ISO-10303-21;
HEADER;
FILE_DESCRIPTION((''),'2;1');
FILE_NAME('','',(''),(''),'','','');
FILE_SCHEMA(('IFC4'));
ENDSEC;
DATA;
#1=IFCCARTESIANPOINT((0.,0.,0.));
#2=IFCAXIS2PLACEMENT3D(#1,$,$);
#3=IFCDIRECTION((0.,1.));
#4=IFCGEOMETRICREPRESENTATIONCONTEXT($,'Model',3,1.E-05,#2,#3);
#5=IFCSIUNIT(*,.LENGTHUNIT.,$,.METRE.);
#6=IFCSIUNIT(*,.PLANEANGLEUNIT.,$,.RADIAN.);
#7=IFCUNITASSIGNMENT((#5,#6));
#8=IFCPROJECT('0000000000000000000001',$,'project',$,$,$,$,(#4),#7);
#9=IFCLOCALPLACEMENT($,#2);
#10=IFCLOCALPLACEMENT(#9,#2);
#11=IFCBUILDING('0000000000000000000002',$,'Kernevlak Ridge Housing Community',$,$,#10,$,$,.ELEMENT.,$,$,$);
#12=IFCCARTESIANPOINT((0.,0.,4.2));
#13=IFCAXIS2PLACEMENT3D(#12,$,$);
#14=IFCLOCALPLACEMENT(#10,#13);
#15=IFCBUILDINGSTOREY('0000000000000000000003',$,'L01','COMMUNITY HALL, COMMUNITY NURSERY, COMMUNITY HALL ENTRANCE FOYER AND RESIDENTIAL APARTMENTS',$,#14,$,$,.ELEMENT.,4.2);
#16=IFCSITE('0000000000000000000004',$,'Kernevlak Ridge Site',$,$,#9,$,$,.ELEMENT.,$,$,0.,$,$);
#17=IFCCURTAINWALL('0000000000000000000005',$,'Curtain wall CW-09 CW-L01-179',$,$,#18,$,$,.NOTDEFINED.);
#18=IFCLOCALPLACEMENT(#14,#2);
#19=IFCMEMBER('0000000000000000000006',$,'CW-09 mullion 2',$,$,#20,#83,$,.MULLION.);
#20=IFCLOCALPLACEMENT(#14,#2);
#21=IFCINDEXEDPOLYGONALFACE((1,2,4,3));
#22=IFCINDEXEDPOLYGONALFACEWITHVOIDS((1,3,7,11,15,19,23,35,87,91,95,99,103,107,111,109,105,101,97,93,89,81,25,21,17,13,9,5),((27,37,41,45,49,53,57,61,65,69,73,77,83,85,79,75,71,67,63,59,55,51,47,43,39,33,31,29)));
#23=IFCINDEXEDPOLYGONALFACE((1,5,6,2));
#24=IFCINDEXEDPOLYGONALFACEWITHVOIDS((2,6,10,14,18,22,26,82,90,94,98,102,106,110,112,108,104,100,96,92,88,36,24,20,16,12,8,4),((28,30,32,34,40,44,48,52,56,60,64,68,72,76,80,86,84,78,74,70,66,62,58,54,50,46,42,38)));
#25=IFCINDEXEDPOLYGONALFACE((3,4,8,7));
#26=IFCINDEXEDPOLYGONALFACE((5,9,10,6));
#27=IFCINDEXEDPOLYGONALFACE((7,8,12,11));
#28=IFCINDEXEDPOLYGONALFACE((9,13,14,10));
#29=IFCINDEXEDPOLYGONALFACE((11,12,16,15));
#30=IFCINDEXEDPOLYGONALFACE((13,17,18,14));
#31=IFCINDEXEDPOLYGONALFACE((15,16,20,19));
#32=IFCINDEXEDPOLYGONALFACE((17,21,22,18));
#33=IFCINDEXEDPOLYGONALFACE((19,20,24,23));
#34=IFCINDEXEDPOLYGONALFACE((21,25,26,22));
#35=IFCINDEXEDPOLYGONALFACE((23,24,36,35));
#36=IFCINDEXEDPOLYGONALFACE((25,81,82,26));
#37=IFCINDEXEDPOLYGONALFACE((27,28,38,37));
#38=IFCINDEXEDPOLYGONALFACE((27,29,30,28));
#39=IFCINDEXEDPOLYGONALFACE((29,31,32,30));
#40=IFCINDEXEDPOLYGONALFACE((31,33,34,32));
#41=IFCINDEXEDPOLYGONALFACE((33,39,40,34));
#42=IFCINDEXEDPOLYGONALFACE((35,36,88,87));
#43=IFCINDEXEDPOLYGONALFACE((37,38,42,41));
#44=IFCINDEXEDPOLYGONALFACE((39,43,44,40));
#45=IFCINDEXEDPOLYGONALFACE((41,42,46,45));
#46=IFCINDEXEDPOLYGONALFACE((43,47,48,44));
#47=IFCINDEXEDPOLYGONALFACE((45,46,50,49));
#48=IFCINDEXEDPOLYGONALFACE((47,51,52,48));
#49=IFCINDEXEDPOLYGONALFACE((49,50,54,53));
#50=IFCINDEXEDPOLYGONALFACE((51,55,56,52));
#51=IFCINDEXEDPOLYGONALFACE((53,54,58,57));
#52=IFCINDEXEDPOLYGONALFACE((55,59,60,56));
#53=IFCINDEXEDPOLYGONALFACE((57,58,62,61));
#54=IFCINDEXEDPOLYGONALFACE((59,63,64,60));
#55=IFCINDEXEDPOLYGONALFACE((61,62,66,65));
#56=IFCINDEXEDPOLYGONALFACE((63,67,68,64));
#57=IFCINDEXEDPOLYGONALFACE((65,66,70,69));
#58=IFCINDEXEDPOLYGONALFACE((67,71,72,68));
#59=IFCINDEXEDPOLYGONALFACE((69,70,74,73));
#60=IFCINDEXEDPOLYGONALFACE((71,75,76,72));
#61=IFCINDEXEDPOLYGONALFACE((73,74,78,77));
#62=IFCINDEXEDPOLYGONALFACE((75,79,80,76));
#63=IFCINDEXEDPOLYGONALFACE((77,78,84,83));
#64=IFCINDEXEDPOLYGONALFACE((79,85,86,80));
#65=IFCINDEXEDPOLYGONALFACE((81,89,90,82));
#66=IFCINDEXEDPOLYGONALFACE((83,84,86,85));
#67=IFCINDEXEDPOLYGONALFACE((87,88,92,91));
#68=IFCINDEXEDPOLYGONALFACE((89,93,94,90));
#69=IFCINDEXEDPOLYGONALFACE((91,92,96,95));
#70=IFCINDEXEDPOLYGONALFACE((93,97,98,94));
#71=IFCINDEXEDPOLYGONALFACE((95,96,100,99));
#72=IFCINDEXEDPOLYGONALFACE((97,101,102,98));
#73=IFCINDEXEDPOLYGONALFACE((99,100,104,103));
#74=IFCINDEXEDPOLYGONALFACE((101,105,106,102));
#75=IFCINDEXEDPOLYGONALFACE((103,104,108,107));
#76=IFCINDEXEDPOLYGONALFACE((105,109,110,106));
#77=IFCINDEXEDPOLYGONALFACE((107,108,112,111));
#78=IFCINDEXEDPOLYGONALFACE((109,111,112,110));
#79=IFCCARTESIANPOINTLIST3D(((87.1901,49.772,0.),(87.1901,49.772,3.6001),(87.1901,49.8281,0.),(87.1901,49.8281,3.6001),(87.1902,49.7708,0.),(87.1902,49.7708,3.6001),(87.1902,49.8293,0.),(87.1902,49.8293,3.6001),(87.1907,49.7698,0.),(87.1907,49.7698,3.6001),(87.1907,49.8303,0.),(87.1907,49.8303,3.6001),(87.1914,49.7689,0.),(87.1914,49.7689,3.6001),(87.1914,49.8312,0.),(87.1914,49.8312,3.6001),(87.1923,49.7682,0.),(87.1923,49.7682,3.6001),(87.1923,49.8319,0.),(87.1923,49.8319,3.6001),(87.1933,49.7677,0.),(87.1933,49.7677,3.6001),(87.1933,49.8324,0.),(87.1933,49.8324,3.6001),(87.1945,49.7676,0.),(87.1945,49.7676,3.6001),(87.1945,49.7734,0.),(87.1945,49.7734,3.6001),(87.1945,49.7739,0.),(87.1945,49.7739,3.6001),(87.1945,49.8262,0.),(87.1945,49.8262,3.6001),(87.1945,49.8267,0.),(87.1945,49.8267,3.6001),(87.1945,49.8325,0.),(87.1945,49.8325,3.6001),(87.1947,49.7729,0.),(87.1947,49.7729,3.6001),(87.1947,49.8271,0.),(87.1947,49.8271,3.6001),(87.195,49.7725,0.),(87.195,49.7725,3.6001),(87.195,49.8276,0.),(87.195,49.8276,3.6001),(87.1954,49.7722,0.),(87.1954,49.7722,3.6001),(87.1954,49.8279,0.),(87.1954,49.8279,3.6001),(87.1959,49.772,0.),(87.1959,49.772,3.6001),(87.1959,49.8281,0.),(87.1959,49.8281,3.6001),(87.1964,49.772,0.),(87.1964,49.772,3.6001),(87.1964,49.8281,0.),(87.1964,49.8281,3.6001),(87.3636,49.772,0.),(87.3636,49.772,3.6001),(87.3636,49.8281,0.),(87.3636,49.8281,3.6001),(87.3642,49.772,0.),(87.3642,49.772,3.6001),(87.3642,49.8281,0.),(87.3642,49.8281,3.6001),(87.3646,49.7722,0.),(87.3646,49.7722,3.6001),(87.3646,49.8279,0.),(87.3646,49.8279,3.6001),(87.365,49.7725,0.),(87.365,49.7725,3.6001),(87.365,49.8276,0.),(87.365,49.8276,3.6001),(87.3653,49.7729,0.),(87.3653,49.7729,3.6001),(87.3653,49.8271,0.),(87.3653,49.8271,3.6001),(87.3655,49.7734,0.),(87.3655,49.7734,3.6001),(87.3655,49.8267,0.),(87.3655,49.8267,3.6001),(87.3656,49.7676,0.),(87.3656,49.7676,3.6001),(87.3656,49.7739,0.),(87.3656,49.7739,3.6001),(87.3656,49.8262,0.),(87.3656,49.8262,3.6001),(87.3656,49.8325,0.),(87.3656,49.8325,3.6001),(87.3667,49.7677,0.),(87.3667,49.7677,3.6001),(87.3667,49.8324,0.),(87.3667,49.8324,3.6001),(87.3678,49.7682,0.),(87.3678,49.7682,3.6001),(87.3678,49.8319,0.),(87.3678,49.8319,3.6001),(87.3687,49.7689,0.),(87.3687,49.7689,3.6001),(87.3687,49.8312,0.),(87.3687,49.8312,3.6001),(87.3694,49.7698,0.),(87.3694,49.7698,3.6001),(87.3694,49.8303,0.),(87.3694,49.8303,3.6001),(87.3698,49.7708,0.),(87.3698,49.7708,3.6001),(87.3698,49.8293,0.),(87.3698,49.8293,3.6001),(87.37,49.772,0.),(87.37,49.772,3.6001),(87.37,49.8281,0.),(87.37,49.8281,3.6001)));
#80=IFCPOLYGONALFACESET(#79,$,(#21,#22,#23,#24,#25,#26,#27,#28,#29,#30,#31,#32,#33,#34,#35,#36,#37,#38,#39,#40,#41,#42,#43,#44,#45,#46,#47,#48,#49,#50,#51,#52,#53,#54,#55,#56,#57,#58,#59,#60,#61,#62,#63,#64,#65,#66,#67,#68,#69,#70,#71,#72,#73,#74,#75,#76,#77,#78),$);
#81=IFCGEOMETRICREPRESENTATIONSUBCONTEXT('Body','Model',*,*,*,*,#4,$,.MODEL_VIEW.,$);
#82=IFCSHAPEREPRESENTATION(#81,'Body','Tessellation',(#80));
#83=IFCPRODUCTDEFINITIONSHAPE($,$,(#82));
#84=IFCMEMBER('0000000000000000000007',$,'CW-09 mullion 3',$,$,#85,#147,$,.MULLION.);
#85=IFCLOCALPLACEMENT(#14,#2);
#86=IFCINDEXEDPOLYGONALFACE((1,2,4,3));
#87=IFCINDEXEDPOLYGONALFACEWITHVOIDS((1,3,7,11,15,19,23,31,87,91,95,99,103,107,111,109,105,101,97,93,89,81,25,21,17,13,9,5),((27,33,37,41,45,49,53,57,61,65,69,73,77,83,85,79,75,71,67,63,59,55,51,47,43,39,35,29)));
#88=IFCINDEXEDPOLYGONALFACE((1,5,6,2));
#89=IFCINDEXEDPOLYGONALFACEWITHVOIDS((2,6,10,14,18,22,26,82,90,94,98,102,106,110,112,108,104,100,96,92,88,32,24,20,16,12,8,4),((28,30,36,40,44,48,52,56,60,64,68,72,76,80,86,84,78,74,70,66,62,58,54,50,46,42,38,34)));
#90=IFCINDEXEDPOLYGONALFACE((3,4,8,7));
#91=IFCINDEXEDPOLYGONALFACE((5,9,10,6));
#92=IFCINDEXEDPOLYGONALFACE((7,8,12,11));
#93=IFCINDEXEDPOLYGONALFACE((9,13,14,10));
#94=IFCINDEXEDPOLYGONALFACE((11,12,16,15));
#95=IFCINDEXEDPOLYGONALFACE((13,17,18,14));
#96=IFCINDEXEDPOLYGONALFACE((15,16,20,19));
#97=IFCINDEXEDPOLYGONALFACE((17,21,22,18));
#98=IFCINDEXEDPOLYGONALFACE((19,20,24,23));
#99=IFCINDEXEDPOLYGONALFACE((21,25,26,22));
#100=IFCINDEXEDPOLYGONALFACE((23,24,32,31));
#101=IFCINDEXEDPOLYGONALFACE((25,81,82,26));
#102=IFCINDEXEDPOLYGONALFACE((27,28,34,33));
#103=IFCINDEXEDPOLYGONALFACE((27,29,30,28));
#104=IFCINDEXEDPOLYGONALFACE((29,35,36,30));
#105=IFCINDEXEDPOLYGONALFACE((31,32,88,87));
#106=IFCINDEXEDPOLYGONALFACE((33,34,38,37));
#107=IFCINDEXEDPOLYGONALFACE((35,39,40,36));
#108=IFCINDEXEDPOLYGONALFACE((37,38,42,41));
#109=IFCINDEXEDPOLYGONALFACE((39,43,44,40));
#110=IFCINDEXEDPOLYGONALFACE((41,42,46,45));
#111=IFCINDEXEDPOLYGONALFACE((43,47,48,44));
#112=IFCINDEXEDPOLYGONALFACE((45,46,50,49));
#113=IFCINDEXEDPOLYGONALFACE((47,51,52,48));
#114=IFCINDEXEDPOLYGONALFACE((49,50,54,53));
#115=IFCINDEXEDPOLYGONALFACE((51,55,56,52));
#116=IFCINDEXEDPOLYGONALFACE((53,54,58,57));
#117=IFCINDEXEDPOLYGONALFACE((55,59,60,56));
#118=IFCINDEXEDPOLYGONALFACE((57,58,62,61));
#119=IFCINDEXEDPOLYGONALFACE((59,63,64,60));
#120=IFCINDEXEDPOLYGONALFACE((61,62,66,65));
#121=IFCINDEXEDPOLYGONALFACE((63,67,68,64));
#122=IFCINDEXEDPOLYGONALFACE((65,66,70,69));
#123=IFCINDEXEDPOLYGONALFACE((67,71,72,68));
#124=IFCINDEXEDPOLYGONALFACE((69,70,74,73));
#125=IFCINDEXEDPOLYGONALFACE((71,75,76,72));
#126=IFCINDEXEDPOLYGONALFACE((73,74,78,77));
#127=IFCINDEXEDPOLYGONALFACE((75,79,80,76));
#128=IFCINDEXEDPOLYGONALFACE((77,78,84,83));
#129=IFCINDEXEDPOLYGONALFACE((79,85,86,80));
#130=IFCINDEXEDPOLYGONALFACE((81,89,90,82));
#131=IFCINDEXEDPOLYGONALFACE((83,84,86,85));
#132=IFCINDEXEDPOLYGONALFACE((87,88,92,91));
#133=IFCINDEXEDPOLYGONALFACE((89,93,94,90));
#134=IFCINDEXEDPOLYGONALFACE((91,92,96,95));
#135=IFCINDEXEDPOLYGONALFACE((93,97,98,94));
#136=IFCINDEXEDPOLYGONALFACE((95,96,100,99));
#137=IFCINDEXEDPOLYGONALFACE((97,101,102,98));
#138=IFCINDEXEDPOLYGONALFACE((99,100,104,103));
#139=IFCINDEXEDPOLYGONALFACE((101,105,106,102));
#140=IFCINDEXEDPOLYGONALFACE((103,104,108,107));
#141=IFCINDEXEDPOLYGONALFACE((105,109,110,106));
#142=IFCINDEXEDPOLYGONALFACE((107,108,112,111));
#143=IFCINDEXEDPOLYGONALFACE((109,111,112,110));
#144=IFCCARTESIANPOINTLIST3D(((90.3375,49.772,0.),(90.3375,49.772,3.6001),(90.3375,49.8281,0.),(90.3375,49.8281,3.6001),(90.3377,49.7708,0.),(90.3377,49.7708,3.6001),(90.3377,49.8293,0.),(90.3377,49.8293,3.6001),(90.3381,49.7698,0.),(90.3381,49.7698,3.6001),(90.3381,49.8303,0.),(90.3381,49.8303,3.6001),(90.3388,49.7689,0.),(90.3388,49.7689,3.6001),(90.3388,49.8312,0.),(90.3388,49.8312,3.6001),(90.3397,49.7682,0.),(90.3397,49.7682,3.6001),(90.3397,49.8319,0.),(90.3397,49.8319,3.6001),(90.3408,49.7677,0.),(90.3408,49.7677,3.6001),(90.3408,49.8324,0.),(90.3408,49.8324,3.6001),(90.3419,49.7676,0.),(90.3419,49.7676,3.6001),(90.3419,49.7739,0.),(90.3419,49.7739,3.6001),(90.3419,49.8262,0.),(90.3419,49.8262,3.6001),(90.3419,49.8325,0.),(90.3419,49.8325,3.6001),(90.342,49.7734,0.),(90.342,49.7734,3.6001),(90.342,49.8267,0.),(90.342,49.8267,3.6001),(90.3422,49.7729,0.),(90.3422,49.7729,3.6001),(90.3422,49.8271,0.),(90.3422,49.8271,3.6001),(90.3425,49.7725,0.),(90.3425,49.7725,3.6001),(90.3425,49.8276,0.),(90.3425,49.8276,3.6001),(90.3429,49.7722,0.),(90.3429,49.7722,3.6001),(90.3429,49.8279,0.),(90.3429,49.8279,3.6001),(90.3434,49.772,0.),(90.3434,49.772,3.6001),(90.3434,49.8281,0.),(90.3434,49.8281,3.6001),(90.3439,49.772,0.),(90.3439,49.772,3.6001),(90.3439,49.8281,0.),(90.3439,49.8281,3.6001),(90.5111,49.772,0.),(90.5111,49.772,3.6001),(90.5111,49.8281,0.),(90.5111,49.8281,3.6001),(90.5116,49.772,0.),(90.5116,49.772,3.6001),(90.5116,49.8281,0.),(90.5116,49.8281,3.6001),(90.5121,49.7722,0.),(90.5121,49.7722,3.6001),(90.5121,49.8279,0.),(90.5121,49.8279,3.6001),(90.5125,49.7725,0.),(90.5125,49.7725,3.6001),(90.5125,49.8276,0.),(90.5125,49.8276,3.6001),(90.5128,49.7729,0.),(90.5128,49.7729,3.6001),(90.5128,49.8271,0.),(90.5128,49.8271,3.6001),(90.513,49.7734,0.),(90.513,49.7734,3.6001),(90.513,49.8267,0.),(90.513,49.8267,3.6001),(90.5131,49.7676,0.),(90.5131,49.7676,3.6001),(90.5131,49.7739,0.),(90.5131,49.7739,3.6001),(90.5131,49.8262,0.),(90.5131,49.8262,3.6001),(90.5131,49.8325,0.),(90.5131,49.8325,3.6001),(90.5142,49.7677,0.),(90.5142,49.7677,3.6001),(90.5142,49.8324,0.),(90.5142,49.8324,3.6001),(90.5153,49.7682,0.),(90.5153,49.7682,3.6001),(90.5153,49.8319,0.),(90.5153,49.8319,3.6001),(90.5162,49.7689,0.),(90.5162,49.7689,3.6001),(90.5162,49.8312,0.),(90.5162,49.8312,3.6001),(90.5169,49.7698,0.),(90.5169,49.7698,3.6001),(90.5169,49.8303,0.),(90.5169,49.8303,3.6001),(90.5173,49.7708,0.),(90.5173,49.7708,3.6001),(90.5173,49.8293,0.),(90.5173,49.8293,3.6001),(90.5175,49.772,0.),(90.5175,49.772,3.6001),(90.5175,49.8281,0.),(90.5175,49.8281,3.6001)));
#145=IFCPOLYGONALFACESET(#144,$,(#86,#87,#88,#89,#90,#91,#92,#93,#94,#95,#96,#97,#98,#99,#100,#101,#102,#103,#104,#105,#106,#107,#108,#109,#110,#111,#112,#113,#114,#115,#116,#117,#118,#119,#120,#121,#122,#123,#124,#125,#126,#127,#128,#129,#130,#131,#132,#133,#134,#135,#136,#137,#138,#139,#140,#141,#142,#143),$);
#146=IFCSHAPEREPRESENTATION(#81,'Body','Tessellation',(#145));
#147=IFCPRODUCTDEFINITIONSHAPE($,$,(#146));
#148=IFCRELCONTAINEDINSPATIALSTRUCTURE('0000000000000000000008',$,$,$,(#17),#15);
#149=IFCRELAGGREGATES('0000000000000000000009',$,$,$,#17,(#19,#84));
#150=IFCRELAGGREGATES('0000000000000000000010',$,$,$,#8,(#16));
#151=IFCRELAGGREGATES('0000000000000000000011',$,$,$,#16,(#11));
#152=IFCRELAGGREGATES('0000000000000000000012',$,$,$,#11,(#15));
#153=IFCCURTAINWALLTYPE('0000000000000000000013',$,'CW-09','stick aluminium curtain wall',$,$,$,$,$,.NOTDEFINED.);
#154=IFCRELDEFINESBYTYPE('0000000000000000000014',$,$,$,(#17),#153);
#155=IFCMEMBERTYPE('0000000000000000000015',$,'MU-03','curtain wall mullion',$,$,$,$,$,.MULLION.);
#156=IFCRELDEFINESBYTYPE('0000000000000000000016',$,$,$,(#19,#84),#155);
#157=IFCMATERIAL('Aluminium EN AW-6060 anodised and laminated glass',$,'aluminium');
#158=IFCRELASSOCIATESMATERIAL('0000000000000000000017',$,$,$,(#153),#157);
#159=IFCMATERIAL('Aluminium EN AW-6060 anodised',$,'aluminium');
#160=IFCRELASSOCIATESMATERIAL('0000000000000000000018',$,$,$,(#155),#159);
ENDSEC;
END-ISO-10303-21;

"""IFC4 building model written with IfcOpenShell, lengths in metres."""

from ifc_helpers import new_model, si_unit, direction, frame, origin, origin_2d, place, context, subcontext, project, spatial, hollow_rectangle, extrude, material, material_profile, profile_set, type_object, element, aggregate, save


model = new_model("IFC4")

# Units and contexts
model_context = context("Model", 3, precision=1e-05, world=origin(), true_north=direction((0.0, 1.0)))
body_context = subcontext(model_context, "Body", "Model", "MODEL_VIEW")
ifc_project = project(units=[si_unit("LENGTHUNIT", "METRE"), si_unit("PLANEANGLEUNIT", "RADIAN")], contexts=[model_context])

# Site, building, storey
site_placement = place(None, origin())
site = spatial("IfcSite", under=ifc_project, at=site_placement, Name="Kernevlak Ridge Site", CompositionType="ELEMENT", RefElevation=0.0)
building_placement = place(site_placement, origin())
building = spatial("IfcBuilding", under=site, at=building_placement, Name="Kernevlak Ridge Housing Community", CompositionType="ELEMENT")
storey_placement = place(building_placement, frame((0.0, 0.0, 4.2)))
storey = spatial("IfcBuildingStorey", under=building, at=storey_placement, Name="L01", Description="COMMUNITY HALL, COMMUNITY NURSERY, COMMUNITY HALL ENTRANCE FOYER AND RESIDENTIAL APARTMENTS", CompositionType="ELEMENT", Elevation=4.2)

# Shared definitions
ifc_material_1 = material(Name="Aluminium EN AW-6060 anodised and laminated glass", Category="aluminium")
ifc_material_2 = material(Name="Aluminium EN AW-6060 anodised", Category="aluminium")

# Curtain wall, members
curtain_wall_type_1 = type_object("IfcCurtainWallType", Name="CW-09", Description="stick aluminium curtain wall", PredefinedType="NOTDEFINED", material=ifc_material_1)
curtain_wall_1_placement = place(storey_placement, origin())
curtain_wall_1 = element("IfcCurtainWall", 1, at=curtain_wall_1_placement, inside=storey, type_object=curtain_wall_type_1, Name="Curtain wall CW-09 CW-L01-179", PredefinedType="NOTDEFINED")
ifc_material_profile_1 = material_profile(ifc_material_2, hollow_rectangle(XDim=0.0649, YDim=0.1799, WallThickness=0.0044, InnerFilletRadius=0.002, OuterFilletRadius=0.0044, at=origin_2d()), Name="ALU 65x180x4.5")
ifc_profile_set_1 = profile_set([ifc_material_profile_1], Name="Aluminium EN AW-6060 anodised")
member_type_1 = type_object("IfcMemberType", Name="MU-03", Description="curtain wall mullion", PredefinedType="MULLION", material=ifc_profile_set_1)
member_1_placement = place(storey_placement, frame((87.28, 49.8, 0.0), z_axis=(0.0, 0.0, 1.0), x_axis=(0.0, 1.0, 0.0)))
member_1 = element("IfcMember", 2, at=member_1_placement, type_object=member_type_1, Name="CW-09 mullion 2", PredefinedType="MULLION", context=body_context, shape_type="SweptSolid", body=[
    extrude(hollow_rectangle(XDim=0.0649, YDim=0.1799, WallThickness=0.0044, InnerFilletRadius=0.002, OuterFilletRadius=0.0044, at=origin_2d()), origin(), (0.0, 0.0, 1.0), 3.6001),
])
member_2_placement = place(storey_placement, frame((90.4275, 49.8, 0.0), z_axis=(0.0, 0.0, 1.0), x_axis=(0.0, 1.0, 0.0)))
member_2 = element("IfcMember", 3, at=member_2_placement, type_object=member_type_1, Name="CW-09 mullion 3", PredefinedType="MULLION", context=body_context, shape_type="SweptSolid", body=[
    extrude(hollow_rectangle(XDim=0.0649, YDim=0.1799, WallThickness=0.0044, InnerFilletRadius=0.002, OuterFilletRadius=0.0044, at=origin_2d()), origin(), (0.0, 0.0, 1.0), 3.6001),
])

aggregate(curtain_wall_1, [member_1, member_2])

save(model, "model.ifc")
